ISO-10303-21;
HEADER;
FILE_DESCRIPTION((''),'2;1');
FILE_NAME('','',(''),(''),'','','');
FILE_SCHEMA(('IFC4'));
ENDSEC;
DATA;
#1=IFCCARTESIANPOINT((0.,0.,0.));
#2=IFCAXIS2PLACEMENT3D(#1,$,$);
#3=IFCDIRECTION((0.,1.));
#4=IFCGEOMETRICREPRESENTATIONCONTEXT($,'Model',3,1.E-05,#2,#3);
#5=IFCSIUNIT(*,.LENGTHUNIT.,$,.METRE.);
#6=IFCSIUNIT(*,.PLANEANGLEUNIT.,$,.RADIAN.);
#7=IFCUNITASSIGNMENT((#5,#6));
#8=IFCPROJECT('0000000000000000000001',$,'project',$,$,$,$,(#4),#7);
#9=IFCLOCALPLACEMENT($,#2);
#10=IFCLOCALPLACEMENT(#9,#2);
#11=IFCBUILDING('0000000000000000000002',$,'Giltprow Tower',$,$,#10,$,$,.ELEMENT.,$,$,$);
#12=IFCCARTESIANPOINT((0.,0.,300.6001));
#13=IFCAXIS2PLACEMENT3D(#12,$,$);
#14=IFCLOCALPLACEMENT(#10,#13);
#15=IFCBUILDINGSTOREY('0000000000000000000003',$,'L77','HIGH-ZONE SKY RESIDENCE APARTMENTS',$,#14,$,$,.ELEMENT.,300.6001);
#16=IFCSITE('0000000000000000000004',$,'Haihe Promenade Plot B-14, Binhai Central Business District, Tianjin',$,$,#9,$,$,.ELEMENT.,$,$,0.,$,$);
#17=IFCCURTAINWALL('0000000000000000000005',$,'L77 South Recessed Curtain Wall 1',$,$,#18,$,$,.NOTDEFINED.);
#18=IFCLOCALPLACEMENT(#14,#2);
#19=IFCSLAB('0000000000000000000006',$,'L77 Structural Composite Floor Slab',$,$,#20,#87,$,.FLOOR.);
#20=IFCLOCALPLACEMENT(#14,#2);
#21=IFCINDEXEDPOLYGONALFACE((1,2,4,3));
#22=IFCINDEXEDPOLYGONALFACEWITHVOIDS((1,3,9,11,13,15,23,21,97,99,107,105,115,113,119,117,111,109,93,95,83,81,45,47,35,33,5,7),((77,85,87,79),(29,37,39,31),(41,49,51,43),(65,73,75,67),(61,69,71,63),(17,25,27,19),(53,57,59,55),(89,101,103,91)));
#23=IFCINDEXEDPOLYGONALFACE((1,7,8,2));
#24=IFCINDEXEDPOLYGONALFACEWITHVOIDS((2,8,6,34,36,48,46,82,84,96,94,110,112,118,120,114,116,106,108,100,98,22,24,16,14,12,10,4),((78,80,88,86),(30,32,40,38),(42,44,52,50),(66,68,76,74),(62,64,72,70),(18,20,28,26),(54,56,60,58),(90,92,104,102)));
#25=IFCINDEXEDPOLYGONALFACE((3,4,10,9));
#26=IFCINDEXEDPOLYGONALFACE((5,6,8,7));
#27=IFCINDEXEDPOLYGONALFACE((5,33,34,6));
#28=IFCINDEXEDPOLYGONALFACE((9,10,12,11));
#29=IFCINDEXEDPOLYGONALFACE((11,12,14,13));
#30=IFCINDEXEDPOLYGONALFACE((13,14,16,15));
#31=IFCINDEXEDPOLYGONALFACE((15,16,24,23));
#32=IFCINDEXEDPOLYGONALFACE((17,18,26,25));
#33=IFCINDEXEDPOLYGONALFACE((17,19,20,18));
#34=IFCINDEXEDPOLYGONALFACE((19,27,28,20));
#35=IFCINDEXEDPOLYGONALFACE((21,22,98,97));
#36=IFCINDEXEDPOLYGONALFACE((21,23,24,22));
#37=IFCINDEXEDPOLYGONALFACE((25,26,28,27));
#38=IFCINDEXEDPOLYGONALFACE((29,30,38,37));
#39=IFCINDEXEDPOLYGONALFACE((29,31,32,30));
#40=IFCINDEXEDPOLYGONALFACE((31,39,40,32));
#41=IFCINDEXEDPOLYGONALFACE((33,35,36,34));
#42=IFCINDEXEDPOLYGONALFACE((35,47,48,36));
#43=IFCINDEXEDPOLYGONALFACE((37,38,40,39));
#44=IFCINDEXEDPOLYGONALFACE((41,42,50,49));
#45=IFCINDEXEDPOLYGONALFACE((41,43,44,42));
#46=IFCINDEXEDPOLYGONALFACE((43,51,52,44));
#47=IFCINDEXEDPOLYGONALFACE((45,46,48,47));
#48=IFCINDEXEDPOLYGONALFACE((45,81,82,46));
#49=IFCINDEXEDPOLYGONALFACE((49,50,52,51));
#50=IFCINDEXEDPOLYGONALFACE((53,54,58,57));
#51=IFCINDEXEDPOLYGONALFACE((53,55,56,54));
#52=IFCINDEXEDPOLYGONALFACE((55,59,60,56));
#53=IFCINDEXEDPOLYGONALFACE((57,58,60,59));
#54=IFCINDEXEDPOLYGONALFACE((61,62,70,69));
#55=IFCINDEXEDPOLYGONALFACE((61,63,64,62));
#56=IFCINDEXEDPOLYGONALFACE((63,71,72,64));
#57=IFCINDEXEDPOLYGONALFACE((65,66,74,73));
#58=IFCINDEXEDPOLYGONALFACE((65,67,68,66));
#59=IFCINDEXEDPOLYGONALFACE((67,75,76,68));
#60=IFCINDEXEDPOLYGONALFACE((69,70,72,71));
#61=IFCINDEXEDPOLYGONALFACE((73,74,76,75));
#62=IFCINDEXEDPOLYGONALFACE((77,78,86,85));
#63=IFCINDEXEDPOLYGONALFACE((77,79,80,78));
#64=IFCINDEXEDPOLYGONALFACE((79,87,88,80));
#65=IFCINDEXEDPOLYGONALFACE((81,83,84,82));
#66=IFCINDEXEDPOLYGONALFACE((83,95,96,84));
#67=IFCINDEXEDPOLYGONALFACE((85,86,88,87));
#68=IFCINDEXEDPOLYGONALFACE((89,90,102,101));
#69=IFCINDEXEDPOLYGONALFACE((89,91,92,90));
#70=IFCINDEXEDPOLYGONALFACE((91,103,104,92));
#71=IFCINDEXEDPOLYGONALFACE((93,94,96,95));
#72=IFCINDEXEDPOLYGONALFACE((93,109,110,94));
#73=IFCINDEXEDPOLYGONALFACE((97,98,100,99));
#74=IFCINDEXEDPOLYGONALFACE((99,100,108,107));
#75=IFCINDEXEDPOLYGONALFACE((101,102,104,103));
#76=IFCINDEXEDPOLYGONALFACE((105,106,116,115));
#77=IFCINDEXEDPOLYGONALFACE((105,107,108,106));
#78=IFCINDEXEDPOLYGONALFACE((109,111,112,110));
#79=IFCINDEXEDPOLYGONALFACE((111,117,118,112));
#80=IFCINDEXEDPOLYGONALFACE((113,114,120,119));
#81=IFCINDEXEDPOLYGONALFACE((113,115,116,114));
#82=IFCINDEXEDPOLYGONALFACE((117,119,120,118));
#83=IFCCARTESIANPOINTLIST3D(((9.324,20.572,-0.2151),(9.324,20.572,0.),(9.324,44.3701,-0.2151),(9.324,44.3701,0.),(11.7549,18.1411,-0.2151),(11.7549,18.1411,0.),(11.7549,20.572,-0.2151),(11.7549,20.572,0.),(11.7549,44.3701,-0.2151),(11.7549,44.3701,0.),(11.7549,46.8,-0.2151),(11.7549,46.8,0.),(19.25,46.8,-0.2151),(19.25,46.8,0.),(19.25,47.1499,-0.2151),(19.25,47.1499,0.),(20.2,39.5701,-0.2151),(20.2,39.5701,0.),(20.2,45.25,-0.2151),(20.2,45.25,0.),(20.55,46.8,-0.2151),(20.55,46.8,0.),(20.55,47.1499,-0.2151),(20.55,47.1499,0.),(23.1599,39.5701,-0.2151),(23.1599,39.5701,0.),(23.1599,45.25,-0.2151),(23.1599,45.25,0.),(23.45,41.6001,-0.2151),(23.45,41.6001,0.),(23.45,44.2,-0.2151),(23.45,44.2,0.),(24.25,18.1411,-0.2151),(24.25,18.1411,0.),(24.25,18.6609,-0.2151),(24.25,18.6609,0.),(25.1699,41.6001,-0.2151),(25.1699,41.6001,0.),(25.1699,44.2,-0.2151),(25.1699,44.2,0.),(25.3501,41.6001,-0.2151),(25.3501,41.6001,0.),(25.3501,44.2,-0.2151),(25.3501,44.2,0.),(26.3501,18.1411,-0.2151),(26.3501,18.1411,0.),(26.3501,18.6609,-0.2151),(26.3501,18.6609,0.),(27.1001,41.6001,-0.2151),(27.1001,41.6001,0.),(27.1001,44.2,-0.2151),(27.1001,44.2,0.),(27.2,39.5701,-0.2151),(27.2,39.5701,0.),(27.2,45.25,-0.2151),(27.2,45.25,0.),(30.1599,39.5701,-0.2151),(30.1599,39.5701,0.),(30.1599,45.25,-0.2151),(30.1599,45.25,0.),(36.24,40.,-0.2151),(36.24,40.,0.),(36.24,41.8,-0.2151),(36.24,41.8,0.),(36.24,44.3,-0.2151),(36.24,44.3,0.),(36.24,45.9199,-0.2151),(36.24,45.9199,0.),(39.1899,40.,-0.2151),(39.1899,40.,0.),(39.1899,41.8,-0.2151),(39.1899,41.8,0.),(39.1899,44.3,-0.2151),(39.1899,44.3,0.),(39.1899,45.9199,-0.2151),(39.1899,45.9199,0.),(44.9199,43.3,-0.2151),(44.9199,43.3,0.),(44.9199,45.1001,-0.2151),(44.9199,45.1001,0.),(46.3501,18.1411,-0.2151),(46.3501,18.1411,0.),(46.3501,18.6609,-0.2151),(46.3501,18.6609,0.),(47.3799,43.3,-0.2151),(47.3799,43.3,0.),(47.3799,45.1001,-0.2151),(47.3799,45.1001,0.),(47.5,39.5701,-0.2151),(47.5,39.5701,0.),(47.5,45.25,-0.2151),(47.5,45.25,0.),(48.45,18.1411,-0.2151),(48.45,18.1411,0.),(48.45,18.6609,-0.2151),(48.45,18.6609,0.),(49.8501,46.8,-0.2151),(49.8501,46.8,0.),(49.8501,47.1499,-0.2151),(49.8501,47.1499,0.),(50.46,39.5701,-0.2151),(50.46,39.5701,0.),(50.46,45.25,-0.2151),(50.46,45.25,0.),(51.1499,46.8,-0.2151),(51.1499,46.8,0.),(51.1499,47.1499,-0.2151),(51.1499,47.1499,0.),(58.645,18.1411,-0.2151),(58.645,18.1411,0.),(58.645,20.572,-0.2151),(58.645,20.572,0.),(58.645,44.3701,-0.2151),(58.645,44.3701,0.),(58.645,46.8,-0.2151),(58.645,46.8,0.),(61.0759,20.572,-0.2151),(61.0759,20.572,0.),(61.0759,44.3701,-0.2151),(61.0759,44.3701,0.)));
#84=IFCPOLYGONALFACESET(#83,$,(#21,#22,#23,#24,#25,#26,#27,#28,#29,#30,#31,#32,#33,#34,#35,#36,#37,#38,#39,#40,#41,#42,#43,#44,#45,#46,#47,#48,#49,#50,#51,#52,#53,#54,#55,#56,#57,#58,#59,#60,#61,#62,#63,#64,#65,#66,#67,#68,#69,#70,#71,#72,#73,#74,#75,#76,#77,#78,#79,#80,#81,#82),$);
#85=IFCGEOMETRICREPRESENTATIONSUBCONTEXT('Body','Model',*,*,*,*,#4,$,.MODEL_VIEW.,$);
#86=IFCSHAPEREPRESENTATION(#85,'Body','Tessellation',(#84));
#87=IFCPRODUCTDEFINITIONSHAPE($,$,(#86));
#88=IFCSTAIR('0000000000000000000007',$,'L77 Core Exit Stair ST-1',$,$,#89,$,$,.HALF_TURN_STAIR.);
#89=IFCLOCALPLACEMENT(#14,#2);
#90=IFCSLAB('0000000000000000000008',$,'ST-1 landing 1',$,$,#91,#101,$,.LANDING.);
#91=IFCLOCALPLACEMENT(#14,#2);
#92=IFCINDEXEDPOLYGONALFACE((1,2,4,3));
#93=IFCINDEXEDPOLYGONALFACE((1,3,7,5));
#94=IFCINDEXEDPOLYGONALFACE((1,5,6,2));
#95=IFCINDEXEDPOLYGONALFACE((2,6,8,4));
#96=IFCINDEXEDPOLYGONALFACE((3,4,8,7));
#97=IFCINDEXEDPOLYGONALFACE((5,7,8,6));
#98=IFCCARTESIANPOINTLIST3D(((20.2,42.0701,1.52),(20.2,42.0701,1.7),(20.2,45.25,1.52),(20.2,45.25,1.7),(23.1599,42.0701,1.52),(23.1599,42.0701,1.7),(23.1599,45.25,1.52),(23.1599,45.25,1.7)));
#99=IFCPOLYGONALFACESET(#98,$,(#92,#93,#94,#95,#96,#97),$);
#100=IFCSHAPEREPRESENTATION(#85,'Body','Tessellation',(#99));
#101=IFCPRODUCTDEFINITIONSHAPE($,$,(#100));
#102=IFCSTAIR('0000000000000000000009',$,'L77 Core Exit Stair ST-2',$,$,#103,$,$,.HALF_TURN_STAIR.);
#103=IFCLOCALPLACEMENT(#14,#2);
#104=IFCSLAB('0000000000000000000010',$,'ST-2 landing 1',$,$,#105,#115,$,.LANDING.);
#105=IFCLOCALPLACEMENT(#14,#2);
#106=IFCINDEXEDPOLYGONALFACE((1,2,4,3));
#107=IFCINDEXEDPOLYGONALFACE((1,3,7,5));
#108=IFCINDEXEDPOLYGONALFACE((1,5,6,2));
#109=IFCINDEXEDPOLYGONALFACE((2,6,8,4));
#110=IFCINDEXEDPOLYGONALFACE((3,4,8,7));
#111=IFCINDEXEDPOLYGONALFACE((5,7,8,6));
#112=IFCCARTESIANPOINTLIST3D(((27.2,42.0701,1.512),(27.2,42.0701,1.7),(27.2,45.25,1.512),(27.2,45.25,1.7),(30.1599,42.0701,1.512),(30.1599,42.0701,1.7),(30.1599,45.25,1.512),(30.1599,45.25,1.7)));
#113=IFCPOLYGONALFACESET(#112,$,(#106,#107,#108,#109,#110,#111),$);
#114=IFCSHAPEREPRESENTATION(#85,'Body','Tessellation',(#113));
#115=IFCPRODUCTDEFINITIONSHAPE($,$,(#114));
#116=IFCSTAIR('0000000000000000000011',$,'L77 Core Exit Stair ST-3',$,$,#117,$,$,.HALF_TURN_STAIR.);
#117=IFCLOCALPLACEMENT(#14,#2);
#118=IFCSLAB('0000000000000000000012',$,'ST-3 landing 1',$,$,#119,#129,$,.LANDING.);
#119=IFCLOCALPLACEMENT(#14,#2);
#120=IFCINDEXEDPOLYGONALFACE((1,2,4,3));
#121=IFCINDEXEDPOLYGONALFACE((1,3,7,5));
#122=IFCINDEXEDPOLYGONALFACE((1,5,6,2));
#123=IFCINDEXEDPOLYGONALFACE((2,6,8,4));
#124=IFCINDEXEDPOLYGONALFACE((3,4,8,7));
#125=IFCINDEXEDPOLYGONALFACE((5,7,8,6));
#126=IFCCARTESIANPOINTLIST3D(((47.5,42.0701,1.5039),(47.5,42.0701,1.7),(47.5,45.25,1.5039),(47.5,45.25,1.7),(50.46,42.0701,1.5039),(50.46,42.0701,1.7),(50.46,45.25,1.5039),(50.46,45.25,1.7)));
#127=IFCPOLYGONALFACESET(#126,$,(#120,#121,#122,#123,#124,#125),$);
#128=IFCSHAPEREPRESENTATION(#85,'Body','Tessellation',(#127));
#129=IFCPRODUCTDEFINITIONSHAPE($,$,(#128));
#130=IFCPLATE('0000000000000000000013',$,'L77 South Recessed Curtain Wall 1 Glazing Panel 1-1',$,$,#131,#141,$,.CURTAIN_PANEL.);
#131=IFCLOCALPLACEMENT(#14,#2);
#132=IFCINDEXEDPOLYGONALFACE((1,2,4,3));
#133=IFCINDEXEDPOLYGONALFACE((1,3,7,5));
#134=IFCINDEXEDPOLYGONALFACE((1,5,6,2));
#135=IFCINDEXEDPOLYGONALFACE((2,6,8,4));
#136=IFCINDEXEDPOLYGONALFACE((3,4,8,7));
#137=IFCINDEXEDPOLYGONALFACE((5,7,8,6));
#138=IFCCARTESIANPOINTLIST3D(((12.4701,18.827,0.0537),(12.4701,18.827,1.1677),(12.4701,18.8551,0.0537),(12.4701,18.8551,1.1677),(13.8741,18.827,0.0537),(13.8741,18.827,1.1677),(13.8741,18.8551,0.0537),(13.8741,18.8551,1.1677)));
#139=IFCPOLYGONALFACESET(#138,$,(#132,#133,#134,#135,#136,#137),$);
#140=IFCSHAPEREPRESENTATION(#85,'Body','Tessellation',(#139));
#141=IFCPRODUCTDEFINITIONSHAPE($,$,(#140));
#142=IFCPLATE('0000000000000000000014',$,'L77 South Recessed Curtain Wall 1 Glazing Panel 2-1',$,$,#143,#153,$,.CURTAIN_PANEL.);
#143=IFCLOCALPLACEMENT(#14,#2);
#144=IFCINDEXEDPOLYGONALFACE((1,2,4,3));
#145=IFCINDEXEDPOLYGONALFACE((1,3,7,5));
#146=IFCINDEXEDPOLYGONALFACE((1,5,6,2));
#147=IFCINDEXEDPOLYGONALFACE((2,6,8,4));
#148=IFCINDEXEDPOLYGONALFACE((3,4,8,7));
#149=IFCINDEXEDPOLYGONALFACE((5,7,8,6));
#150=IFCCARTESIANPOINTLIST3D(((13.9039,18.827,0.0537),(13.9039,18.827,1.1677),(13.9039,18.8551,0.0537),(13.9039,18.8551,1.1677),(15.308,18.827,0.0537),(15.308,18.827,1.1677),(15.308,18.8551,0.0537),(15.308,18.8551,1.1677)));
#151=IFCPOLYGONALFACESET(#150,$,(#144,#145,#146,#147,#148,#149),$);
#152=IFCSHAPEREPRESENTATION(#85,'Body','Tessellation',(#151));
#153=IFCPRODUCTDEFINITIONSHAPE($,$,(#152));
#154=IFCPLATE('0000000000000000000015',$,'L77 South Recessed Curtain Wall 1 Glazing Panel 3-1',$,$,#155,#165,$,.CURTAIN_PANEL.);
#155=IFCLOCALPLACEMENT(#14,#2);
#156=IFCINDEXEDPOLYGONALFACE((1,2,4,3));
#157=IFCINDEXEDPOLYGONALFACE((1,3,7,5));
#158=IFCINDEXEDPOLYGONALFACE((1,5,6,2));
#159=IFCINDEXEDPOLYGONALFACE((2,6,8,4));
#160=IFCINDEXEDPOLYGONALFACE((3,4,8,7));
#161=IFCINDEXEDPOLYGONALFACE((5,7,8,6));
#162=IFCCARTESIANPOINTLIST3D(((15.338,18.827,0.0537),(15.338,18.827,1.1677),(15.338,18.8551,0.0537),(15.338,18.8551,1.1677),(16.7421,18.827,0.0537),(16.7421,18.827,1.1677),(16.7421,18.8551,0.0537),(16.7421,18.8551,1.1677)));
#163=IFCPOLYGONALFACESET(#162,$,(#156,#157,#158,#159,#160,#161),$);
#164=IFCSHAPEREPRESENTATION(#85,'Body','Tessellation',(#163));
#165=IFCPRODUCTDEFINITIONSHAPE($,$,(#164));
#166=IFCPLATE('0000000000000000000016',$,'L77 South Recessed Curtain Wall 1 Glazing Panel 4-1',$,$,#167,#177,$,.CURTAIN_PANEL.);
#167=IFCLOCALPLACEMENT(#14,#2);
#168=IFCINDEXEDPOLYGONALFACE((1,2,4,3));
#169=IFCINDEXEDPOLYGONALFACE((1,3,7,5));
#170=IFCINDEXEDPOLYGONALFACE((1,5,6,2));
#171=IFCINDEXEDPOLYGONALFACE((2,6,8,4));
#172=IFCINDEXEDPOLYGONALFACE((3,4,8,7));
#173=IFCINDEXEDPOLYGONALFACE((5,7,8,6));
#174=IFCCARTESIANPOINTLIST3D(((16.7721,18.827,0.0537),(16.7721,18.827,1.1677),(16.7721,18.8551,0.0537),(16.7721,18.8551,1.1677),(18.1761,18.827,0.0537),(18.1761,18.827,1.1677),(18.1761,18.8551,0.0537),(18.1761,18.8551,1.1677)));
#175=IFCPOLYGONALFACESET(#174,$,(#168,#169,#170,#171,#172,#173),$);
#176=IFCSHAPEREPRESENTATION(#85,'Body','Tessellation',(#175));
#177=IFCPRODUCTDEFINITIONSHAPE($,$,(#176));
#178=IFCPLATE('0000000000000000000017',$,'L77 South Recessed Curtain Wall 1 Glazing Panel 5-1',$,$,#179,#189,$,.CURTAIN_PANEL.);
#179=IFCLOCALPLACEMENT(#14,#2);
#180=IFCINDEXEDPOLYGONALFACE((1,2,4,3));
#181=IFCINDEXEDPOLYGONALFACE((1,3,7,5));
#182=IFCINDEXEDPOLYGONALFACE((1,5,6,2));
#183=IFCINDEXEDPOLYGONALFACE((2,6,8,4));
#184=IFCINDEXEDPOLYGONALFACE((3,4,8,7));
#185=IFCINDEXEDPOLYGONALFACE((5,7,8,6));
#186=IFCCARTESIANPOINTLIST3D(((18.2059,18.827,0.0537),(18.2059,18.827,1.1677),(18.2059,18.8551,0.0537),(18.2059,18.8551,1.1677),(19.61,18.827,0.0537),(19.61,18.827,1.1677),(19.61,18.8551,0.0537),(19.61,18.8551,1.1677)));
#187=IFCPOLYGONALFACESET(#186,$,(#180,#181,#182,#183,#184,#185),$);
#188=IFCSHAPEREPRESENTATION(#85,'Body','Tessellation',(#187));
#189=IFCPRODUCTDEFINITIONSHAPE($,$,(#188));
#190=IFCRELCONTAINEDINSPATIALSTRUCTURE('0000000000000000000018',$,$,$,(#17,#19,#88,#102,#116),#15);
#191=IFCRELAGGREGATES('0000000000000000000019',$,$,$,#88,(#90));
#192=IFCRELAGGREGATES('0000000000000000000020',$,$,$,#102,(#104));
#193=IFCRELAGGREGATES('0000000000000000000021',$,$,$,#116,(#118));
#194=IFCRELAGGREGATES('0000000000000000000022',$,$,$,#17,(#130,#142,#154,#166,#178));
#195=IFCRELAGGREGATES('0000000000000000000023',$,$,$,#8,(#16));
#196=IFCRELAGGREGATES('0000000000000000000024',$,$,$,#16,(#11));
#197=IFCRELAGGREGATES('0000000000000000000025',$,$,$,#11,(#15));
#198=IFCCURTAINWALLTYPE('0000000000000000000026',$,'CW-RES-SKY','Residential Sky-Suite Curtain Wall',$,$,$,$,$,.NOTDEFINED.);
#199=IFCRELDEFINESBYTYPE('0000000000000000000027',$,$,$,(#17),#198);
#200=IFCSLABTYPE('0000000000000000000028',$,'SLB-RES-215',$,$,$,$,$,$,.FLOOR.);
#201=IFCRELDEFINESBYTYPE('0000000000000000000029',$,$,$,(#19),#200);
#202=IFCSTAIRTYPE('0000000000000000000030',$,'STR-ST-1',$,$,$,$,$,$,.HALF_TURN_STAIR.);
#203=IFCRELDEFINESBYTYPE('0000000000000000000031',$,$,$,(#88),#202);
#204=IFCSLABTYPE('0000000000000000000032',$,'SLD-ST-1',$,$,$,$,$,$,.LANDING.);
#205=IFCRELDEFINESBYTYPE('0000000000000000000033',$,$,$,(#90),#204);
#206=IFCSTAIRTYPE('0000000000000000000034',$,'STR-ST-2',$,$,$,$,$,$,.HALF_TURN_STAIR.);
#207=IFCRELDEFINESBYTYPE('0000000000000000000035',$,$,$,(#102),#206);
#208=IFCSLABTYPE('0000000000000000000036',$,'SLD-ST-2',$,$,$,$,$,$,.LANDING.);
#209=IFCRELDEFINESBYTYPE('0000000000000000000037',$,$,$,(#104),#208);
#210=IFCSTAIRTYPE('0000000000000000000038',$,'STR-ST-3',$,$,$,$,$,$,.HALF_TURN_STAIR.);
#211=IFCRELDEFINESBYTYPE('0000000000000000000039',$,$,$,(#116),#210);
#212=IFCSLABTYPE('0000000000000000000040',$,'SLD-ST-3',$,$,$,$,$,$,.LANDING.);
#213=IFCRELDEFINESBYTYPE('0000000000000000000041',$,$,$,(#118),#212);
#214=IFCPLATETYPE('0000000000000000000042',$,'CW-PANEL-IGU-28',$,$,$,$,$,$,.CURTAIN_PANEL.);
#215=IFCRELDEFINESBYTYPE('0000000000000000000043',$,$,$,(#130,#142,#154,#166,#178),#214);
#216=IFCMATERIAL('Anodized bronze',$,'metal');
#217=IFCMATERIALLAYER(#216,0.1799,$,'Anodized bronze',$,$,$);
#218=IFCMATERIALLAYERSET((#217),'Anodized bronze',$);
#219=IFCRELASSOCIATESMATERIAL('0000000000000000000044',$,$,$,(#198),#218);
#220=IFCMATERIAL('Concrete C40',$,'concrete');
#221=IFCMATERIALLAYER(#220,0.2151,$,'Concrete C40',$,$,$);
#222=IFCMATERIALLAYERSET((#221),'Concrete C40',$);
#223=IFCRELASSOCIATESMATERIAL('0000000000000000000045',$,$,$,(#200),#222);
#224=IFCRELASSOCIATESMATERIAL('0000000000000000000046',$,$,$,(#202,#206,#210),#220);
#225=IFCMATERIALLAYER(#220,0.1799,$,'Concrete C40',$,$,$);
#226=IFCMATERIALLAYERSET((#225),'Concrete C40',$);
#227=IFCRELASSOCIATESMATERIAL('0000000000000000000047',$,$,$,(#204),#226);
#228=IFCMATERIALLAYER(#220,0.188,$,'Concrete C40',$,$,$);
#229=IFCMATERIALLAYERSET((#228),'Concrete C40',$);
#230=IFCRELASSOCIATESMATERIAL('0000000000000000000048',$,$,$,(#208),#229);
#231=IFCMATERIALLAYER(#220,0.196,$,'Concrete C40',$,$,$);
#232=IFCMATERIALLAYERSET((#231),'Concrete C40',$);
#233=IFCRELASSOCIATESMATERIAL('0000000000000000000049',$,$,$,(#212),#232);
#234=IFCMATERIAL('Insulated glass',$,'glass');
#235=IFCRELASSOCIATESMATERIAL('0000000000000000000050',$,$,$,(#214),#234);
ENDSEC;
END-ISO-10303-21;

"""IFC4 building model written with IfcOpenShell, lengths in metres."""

from ifc_helpers import new_model, si_unit, direction, frame, origin, origin_2d, place, context, subcontext, project, spatial, polyline, rectangle, outline, extrude, source, transform, mapped, material, layer, layer_set, type_object, element, aggregate, save


model = new_model("IFC4")

# Units and contexts
model_context = context("Model", 3, precision=1e-05, world=origin(), true_north=direction((0.0, 1.0)))
body_context = subcontext(model_context, "Body", "Model", "MODEL_VIEW")
ifc_project = project(units=[si_unit("LENGTHUNIT", "METRE"), si_unit("PLANEANGLEUNIT", "RADIAN")], contexts=[model_context])

# Site, building, storey
site_placement = place(None, origin())
site = spatial("IfcSite", under=ifc_project, at=site_placement, Name="Haihe Promenade Plot B-14, Binhai Central Business District, Tianjin", CompositionType="ELEMENT", RefElevation=0.0)
building_placement = place(site_placement, origin())
building = spatial("IfcBuilding", under=site, at=building_placement, Name="Giltprow Tower", CompositionType="ELEMENT")
storey_placement = place(building_placement, frame((0.0, 0.0, 300.6001)))
storey = spatial("IfcBuildingStorey", under=building, at=storey_placement, Name="L77", Description="HIGH-ZONE SKY RESIDENCE APARTMENTS", CompositionType="ELEMENT", Elevation=300.6001)

# Curtain wall
ifc_material_1 = material(Name="Anodized bronze", Category="metal")
ifc_layer_1 = layer(ifc_material_1, 0.1799, Name="Anodized bronze")
ifc_layer_set_1 = layer_set([ifc_layer_1], Name="Anodized bronze")
curtain_wall_type = type_object("IfcCurtainWallType", Name="CW-RES-SKY", Description="Residential Sky-Suite Curtain Wall", PredefinedType="NOTDEFINED", material=ifc_layer_set_1)
curtain_wall_placement = place(storey_placement, origin())
curtain_wall = element("IfcCurtainWall", 1, at=curtain_wall_placement, inside=storey, type_object=curtain_wall_type, Name="L77 South Recessed Curtain Wall 1", PredefinedType="NOTDEFINED")

# Slab
ifc_material_2 = material(Name="Concrete C40", Category="concrete")
ifc_layer_2 = layer(ifc_material_2, 0.2151, Name="Concrete C40")
ifc_layer_set_2 = layer_set([ifc_layer_2], Name="Concrete C40")
slab_type_1 = type_object("IfcSlabType", Name="SLB-RES-215", PredefinedType="FLOOR", material=ifc_layer_set_2)
slab_1_placement = place(storey_placement, frame((0.0, 0.0, -0.2151)))
element("IfcSlab", 2, at=slab_1_placement, inside=storey, type_object=slab_type_1, Name="L77 Structural Composite Floor Slab", PredefinedType="FLOOR", context=body_context, shape_type="SweptSolid", body=[
    extrude(outline(polyline([(61.0759, 44.3701), (61.0759, 20.572), (58.645, 20.572), (58.645, 18.1411), (48.45, 18.1411), (48.45, 18.6609), (46.3501, 18.6609), (46.3501, 18.1411), (26.3501, 18.1411), (26.3501, 18.6609), (24.25, 18.6609), (24.25, 18.1411), (11.7549, 18.1411), (11.7549, 20.572), (9.324, 20.572), (9.324, 44.3701), (11.7549, 44.3701), (11.7549, 46.8), (19.25, 46.8), (19.25, 47.1499), (20.55, 47.1499), (20.55, 46.8), (49.8501, 46.8), (49.8501, 47.1499), (51.1499, 47.1499), (51.1499, 46.8), (58.645, 46.8), (58.645, 44.3701), (61.0759, 44.3701)]), holes=[polyline([(39.1899, 41.8), (36.24, 41.8), (36.24, 40.0), (39.1899, 40.0), (39.1899, 41.8)]), polyline([(23.1599, 39.5701), (23.1599, 45.25), (20.2, 45.25), (20.2, 39.5701), (23.1599, 39.5701)]), polyline([(30.1599, 39.5701), (30.1599, 45.25), (27.2, 45.25), (27.2, 39.5701), (30.1599, 39.5701)]), polyline([(50.46, 45.25), (47.5, 45.25), (47.5, 39.5701), (50.46, 39.5701), (50.46, 45.25)]), polyline([(25.1699, 44.2), (23.45, 44.2), (23.45, 41.6001), (25.1699, 41.6001), (25.1699, 44.2)]), polyline([(27.1001, 44.2), (25.3501, 44.2), (25.3501, 41.6001), (27.1001, 41.6001), (27.1001, 44.2)]), polyline([(47.3799, 43.3), (47.3799, 45.1001), (44.9199, 45.1001), (44.9199, 43.3), (47.3799, 43.3)]), polyline([(39.1899, 44.3), (39.1899, 45.9199), (36.24, 45.9199), (36.24, 44.3), (39.1899, 44.3)])]), origin(), (0.0, 0.0, 1.0), 0.2151),
])

# Stairs, slabs
stair_type_1 = type_object("IfcStairType", Name="STR-ST-1", PredefinedType="HALF_TURN_STAIR", material=ifc_material_2)
stair_1_placement = place(storey_placement, origin())
stair_1 = element("IfcStair", 3, at=stair_1_placement, inside=storey, type_object=stair_type_1, Name="L77 Core Exit Stair ST-1", PredefinedType="HALF_TURN_STAIR")
ifc_layer_3 = layer(ifc_material_2, 0.1799, Name="Concrete C40")
ifc_layer_set_3 = layer_set([ifc_layer_3], Name="Concrete C40")
slab_type_2 = type_object("IfcSlabType", Name="SLD-ST-1", PredefinedType="LANDING", material=ifc_layer_set_3)
slab_2_placement = place(storey_placement, frame((0.0, 0.0, 1.52)))
slab_2 = element("IfcSlab", 4, at=slab_2_placement, type_object=slab_type_2, Name="ST-1 landing 1", PredefinedType="LANDING", context=body_context, shape_type="SweptSolid", body=[
    extrude(outline(polyline([(23.1599, 42.0701), (23.1599, 45.25), (20.2, 45.25), (20.2, 42.0701), (23.1599, 42.0701)])), origin(), (0.0, 0.0, 1.0), 0.1799),
])
aggregate(stair_1, [slab_2])
stair_type_2 = type_object("IfcStairType", Name="STR-ST-2", PredefinedType="HALF_TURN_STAIR", material=ifc_material_2)
stair_2_placement = place(storey_placement, origin())
stair_2 = element("IfcStair", 5, at=stair_2_placement, inside=storey, type_object=stair_type_2, Name="L77 Core Exit Stair ST-2", PredefinedType="HALF_TURN_STAIR")
ifc_layer_4 = layer(ifc_material_2, 0.188, Name="Concrete C40")
ifc_layer_set_4 = layer_set([ifc_layer_4], Name="Concrete C40")
slab_type_3 = type_object("IfcSlabType", Name="SLD-ST-2", PredefinedType="LANDING", material=ifc_layer_set_4)
slab_3_placement = place(storey_placement, frame((0.0, 0.0, 1.512)))
slab_3 = element("IfcSlab", 6, at=slab_3_placement, type_object=slab_type_3, Name="ST-2 landing 1", PredefinedType="LANDING", context=body_context, shape_type="SweptSolid", body=[
    extrude(outline(polyline([(30.1599, 42.0701), (30.1599, 45.25), (27.2, 45.25), (27.2, 42.0701), (30.1599, 42.0701)])), origin(), (0.0, 0.0, 1.0), 0.188),
])
aggregate(stair_2, [slab_3])
stair_type_3 = type_object("IfcStairType", Name="STR-ST-3", PredefinedType="HALF_TURN_STAIR", material=ifc_material_2)
stair_3_placement = place(storey_placement, origin())
stair_3 = element("IfcStair", 7, at=stair_3_placement, inside=storey, type_object=stair_type_3, Name="L77 Core Exit Stair ST-3", PredefinedType="HALF_TURN_STAIR")
ifc_layer_5 = layer(ifc_material_2, 0.196, Name="Concrete C40")
ifc_layer_set_5 = layer_set([ifc_layer_5], Name="Concrete C40")
slab_type_4 = type_object("IfcSlabType", Name="SLD-ST-3", PredefinedType="LANDING", material=ifc_layer_set_5)
slab_4_placement = place(storey_placement, frame((0.0, 0.0, 1.5039)))
slab_4 = element("IfcSlab", 8, at=slab_4_placement, type_object=slab_type_4, Name="ST-3 landing 1", PredefinedType="LANDING", context=body_context, shape_type="SweptSolid", body=[
    extrude(outline(polyline([(50.46, 42.0701), (50.46, 45.25), (47.5, 45.25), (47.5, 42.0701), (50.46, 42.0701)])), origin(), (0.0, 0.0, 1.0), 0.196),
])
aggregate(stair_3, [slab_4])

# Plates
ifc_material_3 = material(Name="Insulated glass", Category="glass")
plate_type = type_object("IfcPlateType", Name="CW-PANEL-IGU-28", PredefinedType="CURTAIN_PANEL", material=ifc_material_3)
shared_shape_1 = source(origin(), body_context, "Body", "SweptSolid", [
    extrude(rectangle(XDim=1.4041, YDim=0.0281, at=origin_2d()), origin(), (0.0, 0.0, 1.0), 1.114),
])
plate_1_placement = place(storey_placement, frame((13.1721, 18.8411, 0.0537), z_axis=(0.0, 0.0, 1.0), x_axis=(1.0, 0.0, 0.0)))
plate_1 = element("IfcPlate", 9, at=plate_1_placement, type_object=plate_type, Name="L77 South Recessed Curtain Wall 1 Glazing Panel 1-1", PredefinedType="CURTAIN_PANEL", context=body_context, shape_type="MappedRepresentation", body=[
    mapped(shared_shape_1, transform((0.0, 0.0, 0.0), x_axis=(1.0, 0.0, 0.0), y_axis=(0.0, 1.0, 0.0), z_axis=(0.0, 0.0, 1.0), scale=1.0)),
])
plate_2_placement = place(storey_placement, frame((14.606, 18.8411, 0.0537), z_axis=(0.0, 0.0, 1.0), x_axis=(1.0, 0.0, 0.0)))
plate_2 = element("IfcPlate", 10, at=plate_2_placement, type_object=plate_type, Name="L77 South Recessed Curtain Wall 1 Glazing Panel 2-1", PredefinedType="CURTAIN_PANEL", context=body_context, shape_type="MappedRepresentation", body=[
    mapped(shared_shape_1, transform((0.0, 0.0, 0.0), x_axis=(1.0, 0.0, 0.0), y_axis=(0.0, 1.0, 0.0), z_axis=(0.0, 0.0, 1.0), scale=1.0)),
])
plate_3_placement = place(storey_placement, frame((16.04, 18.8411, 0.0537), z_axis=(0.0, 0.0, 1.0), x_axis=(1.0, 0.0, 0.0)))
plate_3 = element("IfcPlate", 11, at=plate_3_placement, type_object=plate_type, Name="L77 South Recessed Curtain Wall 1 Glazing Panel 3-1", PredefinedType="CURTAIN_PANEL", context=body_context, shape_type="MappedRepresentation", body=[
    mapped(shared_shape_1, transform((0.0, 0.0, 0.0), x_axis=(1.0, 0.0, 0.0), y_axis=(0.0, 1.0, 0.0), z_axis=(0.0, 0.0, 1.0), scale=1.0)),
])
plate_4_placement = place(storey_placement, frame((17.4741, 18.8411, 0.0537), z_axis=(0.0, 0.0, 1.0), x_axis=(1.0, 0.0, 0.0)))
plate_4 = element("IfcPlate", 12, at=plate_4_placement, type_object=plate_type, Name="L77 South Recessed Curtain Wall 1 Glazing Panel 4-1", PredefinedType="CURTAIN_PANEL", context=body_context, shape_type="MappedRepresentation", body=[
    mapped(shared_shape_1, transform((0.0, 0.0, 0.0), x_axis=(1.0, 0.0, 0.0), y_axis=(0.0, 1.0, 0.0), z_axis=(0.0, 0.0, 1.0), scale=1.0)),
])
plate_5_placement = place(storey_placement, frame((18.908, 18.8411, 0.0537), z_axis=(0.0, 0.0, 1.0), x_axis=(1.0, 0.0, 0.0)))
plate_5 = element("IfcPlate", 13, at=plate_5_placement, type_object=plate_type, Name="L77 South Recessed Curtain Wall 1 Glazing Panel 5-1", PredefinedType="CURTAIN_PANEL", context=body_context, shape_type="MappedRepresentation", body=[
    mapped(shared_shape_1, transform((0.0, 0.0, 0.0), x_axis=(1.0, 0.0, 0.0), y_axis=(0.0, 1.0, 0.0), z_axis=(0.0, 0.0, 1.0), scale=1.0)),
])
aggregate(curtain_wall, [plate_1, plate_2, plate_3, plate_4, plate_5])

save(model, "model.ifc")
